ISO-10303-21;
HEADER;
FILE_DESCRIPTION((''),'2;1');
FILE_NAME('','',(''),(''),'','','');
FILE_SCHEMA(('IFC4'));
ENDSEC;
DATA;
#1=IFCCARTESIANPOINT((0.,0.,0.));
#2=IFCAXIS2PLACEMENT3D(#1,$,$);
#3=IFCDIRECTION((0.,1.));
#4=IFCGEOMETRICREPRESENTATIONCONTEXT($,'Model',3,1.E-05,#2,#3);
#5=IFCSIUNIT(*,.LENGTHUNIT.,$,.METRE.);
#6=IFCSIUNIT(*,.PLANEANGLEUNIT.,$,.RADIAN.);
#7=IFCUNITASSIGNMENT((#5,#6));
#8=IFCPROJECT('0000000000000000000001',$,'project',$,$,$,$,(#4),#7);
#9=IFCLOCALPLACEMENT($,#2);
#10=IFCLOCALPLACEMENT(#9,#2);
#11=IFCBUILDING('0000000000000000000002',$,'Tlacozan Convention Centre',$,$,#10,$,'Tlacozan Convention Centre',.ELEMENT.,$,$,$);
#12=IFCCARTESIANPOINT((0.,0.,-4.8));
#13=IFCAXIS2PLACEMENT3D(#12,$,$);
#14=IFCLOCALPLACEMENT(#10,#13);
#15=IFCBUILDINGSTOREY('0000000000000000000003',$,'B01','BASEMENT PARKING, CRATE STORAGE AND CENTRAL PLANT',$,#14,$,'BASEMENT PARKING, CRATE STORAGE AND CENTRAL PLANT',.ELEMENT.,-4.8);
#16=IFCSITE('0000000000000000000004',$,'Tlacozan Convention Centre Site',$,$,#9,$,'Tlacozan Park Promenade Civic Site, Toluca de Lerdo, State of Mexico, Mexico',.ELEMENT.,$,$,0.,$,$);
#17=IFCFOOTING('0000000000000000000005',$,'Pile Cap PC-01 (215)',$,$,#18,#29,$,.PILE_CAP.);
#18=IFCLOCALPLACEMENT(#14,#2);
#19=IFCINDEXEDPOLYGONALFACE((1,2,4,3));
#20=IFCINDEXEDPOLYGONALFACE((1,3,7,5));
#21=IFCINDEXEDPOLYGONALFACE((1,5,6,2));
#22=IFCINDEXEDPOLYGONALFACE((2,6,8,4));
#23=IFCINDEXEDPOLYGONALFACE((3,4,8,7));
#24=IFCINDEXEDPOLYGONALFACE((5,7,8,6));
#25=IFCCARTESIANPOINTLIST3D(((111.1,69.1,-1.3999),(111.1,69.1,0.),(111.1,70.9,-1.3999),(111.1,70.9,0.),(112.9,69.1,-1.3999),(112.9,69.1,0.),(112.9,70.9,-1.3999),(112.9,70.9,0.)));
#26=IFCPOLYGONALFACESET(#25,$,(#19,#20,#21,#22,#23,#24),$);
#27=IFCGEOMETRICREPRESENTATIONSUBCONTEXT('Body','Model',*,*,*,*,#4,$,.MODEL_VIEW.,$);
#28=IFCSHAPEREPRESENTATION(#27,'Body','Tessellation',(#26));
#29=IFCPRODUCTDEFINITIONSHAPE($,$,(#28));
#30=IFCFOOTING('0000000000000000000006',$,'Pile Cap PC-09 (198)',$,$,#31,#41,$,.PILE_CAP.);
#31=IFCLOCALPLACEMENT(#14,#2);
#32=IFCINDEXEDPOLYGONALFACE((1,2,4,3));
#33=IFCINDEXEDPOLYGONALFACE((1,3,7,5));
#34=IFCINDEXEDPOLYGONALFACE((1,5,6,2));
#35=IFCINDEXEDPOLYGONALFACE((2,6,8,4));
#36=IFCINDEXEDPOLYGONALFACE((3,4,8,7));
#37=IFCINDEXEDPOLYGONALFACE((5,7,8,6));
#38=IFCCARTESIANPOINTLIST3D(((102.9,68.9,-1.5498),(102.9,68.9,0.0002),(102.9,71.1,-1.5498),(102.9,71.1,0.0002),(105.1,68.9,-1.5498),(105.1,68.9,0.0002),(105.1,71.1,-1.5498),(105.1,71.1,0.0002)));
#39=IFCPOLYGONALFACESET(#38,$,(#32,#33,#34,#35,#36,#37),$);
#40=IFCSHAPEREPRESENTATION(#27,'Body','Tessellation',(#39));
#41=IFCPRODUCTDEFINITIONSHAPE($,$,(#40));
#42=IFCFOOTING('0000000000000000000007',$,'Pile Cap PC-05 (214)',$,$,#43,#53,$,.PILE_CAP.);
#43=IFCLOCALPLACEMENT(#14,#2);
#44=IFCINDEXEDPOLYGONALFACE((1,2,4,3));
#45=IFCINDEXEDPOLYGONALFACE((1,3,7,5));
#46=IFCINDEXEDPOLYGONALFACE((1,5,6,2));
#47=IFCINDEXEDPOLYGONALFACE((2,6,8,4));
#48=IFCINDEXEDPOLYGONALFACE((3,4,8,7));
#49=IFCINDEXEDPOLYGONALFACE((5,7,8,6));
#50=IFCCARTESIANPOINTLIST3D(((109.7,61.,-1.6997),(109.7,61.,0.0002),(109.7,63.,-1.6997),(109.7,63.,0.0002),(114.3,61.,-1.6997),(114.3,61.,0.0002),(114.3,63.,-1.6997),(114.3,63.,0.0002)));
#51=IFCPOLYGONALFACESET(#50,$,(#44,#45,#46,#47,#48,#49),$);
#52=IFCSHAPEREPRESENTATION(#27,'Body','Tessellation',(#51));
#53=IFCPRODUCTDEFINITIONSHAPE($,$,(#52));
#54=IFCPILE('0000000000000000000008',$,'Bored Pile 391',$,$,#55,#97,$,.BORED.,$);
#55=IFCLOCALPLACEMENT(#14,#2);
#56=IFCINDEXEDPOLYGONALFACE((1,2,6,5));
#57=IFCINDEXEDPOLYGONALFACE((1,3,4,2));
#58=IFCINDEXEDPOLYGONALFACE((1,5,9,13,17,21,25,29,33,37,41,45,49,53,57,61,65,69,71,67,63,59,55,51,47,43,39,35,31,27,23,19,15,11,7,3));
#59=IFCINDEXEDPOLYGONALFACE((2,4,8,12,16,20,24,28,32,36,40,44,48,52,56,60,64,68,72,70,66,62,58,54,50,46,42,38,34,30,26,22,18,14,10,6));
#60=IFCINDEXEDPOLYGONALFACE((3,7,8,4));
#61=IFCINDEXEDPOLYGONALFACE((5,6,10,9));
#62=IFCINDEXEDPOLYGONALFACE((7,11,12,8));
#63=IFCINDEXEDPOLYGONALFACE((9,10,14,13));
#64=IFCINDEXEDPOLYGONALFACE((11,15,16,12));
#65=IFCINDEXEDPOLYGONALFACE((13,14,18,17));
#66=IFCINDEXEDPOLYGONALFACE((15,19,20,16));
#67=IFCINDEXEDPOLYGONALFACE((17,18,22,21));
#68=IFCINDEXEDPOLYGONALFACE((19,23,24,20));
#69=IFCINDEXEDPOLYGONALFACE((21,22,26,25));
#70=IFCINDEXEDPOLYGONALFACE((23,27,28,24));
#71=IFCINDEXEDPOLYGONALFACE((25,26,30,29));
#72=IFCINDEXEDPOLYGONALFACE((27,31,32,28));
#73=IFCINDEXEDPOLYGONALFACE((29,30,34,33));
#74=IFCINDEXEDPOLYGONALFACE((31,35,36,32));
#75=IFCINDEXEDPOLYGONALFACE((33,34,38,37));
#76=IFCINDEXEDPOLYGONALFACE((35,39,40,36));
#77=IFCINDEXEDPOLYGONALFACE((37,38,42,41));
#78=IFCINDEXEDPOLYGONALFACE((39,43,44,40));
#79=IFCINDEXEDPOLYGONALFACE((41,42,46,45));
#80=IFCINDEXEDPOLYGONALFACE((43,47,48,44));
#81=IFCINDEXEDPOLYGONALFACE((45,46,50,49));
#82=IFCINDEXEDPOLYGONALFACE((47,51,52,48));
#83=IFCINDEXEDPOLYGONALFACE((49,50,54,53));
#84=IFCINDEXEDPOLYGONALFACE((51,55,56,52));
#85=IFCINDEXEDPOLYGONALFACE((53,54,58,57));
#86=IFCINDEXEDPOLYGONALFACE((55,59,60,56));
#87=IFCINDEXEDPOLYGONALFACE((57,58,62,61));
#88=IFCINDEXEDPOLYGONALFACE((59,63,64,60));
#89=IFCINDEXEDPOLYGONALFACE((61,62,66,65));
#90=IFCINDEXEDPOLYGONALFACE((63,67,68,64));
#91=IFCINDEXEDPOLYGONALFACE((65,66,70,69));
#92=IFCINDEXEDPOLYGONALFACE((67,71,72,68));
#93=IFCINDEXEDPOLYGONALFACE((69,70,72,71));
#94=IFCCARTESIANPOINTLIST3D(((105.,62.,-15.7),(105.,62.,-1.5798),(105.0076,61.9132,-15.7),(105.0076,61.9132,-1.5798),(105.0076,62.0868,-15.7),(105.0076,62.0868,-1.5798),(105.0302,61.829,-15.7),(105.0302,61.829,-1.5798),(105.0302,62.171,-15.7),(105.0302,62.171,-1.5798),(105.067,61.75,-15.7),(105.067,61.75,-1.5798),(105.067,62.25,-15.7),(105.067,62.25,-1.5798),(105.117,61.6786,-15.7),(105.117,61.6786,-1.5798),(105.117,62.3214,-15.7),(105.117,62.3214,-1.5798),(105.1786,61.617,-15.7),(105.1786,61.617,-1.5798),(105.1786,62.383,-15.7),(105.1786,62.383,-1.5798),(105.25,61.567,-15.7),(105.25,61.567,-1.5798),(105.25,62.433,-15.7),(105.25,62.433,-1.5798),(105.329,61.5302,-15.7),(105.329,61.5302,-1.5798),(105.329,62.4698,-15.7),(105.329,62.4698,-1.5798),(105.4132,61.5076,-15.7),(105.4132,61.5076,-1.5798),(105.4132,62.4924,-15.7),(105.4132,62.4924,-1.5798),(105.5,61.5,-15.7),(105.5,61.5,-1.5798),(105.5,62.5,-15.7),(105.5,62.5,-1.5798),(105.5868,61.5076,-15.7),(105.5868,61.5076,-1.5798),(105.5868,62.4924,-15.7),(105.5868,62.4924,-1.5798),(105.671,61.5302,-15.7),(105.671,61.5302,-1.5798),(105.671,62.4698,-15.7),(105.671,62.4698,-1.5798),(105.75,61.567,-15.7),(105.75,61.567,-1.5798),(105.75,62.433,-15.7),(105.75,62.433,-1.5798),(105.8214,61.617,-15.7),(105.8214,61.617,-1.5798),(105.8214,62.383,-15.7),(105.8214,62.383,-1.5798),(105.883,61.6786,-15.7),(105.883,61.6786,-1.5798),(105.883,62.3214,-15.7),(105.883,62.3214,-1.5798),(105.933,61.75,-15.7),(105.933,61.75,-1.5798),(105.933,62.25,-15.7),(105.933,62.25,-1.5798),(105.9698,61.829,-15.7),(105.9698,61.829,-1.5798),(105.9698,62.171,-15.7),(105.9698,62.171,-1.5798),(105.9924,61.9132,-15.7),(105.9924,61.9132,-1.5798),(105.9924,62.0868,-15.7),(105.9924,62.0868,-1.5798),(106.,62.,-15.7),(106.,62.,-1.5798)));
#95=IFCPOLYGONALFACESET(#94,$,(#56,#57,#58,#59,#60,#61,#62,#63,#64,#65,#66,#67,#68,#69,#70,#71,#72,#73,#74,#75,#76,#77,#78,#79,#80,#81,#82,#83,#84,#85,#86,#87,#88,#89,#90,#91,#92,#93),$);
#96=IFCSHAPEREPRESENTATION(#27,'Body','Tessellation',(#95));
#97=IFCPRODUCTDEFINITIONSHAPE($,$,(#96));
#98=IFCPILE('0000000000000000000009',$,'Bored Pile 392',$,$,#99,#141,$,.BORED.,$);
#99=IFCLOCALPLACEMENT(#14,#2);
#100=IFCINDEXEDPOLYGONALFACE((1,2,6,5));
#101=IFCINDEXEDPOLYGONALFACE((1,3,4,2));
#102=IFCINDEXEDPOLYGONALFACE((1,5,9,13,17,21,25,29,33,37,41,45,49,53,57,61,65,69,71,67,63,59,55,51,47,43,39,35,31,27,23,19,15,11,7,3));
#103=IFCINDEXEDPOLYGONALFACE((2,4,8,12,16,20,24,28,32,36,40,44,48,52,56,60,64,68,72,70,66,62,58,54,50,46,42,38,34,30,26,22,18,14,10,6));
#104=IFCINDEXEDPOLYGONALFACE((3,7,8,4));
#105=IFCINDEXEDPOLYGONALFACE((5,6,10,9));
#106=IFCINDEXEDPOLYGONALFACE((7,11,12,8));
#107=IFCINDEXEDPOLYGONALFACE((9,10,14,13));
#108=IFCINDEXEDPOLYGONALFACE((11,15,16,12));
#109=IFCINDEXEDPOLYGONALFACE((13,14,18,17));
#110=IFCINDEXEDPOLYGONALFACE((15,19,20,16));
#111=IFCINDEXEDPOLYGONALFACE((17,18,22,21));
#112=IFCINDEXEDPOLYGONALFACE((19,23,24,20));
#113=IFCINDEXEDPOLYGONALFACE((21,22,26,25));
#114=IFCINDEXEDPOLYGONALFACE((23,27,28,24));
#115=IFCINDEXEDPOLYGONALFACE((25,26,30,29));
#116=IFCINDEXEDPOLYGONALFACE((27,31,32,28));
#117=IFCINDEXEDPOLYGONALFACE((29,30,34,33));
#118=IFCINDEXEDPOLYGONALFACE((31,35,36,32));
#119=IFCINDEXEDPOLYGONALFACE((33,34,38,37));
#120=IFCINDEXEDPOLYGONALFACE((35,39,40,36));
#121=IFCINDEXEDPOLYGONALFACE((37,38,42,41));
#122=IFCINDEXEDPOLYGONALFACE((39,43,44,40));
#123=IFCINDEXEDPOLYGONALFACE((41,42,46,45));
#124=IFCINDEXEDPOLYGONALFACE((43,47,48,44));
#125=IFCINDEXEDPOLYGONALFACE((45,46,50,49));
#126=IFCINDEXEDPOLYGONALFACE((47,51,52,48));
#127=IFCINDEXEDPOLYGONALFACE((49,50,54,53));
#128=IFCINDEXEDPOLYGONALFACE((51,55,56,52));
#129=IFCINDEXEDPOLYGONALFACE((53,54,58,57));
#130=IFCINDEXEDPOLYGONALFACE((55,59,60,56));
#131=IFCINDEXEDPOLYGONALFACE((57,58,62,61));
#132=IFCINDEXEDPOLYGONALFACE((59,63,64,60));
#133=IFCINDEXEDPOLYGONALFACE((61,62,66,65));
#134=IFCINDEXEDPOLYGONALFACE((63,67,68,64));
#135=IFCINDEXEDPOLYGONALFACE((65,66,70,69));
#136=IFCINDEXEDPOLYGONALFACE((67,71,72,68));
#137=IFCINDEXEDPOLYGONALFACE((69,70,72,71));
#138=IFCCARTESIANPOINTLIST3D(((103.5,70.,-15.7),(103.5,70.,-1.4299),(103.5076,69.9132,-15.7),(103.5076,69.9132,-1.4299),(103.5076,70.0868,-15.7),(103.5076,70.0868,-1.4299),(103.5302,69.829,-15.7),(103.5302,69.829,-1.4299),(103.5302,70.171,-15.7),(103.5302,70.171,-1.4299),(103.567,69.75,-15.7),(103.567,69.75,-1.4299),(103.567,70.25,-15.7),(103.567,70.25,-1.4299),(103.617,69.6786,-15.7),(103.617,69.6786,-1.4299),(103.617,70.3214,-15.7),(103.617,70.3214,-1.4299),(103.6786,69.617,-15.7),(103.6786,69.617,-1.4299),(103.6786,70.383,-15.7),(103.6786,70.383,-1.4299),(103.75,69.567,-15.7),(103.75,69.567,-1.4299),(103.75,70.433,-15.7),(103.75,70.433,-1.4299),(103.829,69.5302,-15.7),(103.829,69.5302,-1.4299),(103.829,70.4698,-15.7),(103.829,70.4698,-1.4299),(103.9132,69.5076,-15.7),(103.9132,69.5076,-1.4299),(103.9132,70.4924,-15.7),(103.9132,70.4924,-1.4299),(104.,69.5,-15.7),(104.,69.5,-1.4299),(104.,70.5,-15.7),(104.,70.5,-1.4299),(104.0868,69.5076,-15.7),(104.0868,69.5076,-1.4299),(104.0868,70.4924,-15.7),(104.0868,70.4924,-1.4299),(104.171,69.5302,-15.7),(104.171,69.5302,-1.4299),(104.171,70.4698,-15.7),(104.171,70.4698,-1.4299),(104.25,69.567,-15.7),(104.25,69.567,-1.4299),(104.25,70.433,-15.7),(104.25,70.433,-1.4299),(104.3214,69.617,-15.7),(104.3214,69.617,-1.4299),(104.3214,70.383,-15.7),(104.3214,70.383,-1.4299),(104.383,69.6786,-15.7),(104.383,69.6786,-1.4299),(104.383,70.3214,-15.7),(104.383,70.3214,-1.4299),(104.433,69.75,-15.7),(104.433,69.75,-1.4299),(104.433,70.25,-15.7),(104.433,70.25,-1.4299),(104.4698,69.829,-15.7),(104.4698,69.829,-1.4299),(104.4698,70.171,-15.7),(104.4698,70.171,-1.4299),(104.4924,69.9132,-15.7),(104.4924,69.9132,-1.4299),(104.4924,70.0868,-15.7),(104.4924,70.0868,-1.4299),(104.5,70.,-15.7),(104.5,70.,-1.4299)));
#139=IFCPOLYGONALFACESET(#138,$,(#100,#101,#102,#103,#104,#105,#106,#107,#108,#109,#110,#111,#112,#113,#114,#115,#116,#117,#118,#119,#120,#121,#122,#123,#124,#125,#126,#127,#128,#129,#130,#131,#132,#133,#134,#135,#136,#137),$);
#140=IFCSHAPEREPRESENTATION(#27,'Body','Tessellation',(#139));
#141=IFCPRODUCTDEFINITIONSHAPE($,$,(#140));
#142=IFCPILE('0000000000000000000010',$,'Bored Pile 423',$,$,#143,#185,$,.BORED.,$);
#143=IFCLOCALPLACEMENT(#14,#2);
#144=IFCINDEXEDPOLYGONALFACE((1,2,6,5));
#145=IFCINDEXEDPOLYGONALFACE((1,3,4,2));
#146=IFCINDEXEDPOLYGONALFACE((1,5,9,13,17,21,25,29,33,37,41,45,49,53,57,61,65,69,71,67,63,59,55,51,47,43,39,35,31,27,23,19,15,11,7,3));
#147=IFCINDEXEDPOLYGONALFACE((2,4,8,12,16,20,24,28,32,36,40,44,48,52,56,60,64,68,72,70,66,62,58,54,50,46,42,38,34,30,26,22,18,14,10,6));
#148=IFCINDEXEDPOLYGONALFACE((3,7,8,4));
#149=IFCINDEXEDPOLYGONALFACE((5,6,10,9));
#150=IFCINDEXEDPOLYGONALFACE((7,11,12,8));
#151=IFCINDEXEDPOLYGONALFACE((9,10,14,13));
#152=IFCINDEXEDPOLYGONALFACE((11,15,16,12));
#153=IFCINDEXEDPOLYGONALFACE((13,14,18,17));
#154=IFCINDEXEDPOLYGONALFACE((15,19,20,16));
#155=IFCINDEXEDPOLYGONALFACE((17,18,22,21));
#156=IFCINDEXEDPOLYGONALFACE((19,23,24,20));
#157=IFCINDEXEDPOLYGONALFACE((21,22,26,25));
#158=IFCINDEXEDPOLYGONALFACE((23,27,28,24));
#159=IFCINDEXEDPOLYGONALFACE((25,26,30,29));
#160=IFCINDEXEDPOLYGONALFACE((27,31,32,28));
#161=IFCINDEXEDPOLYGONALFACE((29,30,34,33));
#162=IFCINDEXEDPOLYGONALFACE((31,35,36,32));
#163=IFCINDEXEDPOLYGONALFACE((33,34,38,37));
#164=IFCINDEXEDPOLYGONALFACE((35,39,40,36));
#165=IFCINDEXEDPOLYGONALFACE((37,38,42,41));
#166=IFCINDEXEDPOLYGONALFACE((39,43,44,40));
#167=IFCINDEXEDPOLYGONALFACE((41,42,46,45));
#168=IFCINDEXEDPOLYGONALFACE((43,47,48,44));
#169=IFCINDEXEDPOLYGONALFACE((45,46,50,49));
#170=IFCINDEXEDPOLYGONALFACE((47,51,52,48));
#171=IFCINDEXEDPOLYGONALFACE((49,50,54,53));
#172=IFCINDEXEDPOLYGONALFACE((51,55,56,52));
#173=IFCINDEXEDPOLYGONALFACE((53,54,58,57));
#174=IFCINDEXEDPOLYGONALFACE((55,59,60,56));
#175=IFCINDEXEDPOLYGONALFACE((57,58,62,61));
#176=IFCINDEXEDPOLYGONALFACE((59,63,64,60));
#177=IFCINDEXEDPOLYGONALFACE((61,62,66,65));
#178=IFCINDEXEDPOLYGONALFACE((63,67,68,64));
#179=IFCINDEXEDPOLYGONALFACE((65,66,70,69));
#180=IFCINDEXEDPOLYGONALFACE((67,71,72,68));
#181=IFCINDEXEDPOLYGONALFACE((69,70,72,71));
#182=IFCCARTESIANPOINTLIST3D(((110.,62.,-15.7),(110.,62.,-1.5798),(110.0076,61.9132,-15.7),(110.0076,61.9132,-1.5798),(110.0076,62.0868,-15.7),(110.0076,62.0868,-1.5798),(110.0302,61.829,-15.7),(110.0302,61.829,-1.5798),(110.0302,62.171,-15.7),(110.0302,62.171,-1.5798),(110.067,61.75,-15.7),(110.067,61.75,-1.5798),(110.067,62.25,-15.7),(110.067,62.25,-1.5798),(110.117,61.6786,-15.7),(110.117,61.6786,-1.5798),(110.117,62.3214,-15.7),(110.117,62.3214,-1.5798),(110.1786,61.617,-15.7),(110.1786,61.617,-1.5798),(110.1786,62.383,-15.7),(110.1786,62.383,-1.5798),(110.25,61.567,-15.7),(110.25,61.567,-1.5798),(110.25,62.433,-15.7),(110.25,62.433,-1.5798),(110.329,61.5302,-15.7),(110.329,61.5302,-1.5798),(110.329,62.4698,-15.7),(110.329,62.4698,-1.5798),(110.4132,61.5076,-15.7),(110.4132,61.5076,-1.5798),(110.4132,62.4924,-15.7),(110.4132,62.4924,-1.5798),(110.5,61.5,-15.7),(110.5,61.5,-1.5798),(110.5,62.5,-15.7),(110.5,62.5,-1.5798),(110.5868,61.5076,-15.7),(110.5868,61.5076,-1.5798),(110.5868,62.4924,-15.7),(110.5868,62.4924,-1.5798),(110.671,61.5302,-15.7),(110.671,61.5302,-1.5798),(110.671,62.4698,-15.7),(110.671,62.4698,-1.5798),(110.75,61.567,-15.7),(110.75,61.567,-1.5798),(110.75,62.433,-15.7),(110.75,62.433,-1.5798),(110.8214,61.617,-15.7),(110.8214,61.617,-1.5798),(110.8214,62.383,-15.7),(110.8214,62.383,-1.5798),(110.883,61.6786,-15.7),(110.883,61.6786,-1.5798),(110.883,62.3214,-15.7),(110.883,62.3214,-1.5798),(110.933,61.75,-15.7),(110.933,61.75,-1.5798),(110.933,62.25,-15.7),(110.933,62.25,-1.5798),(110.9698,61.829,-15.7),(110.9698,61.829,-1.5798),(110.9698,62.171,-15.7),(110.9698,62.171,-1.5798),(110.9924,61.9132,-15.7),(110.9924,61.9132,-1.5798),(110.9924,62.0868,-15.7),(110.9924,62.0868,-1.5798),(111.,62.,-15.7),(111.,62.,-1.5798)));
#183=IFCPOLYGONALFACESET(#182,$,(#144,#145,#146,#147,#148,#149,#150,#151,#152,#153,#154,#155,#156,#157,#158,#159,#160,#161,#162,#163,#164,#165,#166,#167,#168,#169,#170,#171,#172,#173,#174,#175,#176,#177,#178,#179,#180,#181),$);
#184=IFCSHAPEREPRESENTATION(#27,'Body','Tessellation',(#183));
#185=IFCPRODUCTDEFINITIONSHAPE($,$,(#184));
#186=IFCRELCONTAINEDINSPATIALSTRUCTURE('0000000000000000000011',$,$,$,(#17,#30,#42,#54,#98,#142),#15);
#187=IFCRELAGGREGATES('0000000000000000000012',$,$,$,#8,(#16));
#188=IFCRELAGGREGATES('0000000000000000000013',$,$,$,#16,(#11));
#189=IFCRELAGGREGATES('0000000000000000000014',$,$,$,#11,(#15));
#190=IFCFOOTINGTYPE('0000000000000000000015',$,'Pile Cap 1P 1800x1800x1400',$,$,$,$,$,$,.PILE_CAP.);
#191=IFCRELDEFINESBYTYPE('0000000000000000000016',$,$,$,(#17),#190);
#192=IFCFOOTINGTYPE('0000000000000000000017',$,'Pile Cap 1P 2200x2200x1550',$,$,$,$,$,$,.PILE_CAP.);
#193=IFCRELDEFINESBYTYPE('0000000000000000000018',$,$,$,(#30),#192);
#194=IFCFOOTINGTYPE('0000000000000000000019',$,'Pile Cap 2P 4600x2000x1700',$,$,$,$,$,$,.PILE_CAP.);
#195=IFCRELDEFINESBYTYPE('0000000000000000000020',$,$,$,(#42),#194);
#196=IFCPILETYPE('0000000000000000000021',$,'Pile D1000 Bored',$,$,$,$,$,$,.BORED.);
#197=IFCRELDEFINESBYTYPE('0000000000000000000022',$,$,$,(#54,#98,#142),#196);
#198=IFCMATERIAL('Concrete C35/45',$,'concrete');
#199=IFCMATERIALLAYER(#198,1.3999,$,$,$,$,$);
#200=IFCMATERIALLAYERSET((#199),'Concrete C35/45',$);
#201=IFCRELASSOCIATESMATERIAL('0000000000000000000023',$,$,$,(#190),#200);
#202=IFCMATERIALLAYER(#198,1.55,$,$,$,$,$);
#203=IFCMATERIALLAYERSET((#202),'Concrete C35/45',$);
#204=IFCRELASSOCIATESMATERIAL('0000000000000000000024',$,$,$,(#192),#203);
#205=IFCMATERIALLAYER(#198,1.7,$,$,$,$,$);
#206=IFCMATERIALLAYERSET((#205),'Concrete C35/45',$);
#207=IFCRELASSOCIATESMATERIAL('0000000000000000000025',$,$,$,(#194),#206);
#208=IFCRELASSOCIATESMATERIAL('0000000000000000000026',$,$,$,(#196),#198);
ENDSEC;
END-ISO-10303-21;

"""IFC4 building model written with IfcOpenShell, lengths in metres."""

from ifc_helpers import new_model, si_unit, direction, frame, origin, origin_2d, place, context, subcontext, project, spatial, rectangle, circle, extrude, material, layer, layer_set, material_profile, profile_set, type_object, element, save


model = new_model("IFC4")

# Units and contexts
model_context = context("Model", 3, precision=1e-05, world=origin(), true_north=direction((0.0, 1.0)))
body_context = subcontext(model_context, "Body", "Model", "MODEL_VIEW")
ifc_project = project(units=[si_unit("LENGTHUNIT", "METRE"), si_unit("PLANEANGLEUNIT", "RADIAN")], contexts=[model_context])

# Site, building, storey
site_placement = place(None, origin())
site = spatial("IfcSite", under=ifc_project, at=site_placement, Name="Tlacozan Convention Centre Site", LongName="Tlacozan Park Promenade Civic Site, Toluca de Lerdo, State of Mexico, Mexico", CompositionType="ELEMENT", RefElevation=0.0)
building_placement = place(site_placement, origin())
building = spatial("IfcBuilding", under=site, at=building_placement, Name="Tlacozan Convention Centre", LongName="Tlacozan Convention Centre", CompositionType="ELEMENT")
storey_placement = place(building_placement, frame((0.0, 0.0, -4.8)))
storey = spatial("IfcBuildingStorey", under=building, at=storey_placement, Name="B01", Description="BASEMENT PARKING, CRATE STORAGE AND CENTRAL PLANT", LongName="BASEMENT PARKING, CRATE STORAGE AND CENTRAL PLANT", CompositionType="ELEMENT", Elevation=-4.8)

# Footings
ifc_material_1 = material(Name="Concrete C35/45", Category="concrete")
ifc_layer_1 = layer(ifc_material_1, 1.3999)
ifc_layer_set_1 = layer_set([ifc_layer_1], Name="Concrete C35/45")
footing_type_1 = type_object("IfcFootingType", Name="Pile Cap 1P 1800x1800x1400", PredefinedType="PILE_CAP", material=ifc_layer_set_1)
footing_1_placement = place(storey_placement, frame((112.0, 70.0, -1.3999), z_axis=(0.0, 0.0, 1.0), x_axis=(1.0, 0.0, 0.0)))
element("IfcFooting", 1, at=footing_1_placement, inside=storey, type_object=footing_type_1, Name="Pile Cap PC-01 (215)", PredefinedType="PILE_CAP", context=body_context, shape_type="SweptSolid", body=[
    extrude(rectangle(XDim=1.8, YDim=1.8, at=origin_2d()), origin(), (0.0, 0.0, 1.0), 1.3999),
])
ifc_layer_2 = layer(ifc_material_1, 1.55)
ifc_layer_set_2 = layer_set([ifc_layer_2], Name="Concrete C35/45")
footing_type_2 = type_object("IfcFootingType", Name="Pile Cap 1P 2200x2200x1550", PredefinedType="PILE_CAP", material=ifc_layer_set_2)
footing_2_placement = place(storey_placement, frame((104.0, 70.0, -1.5498), z_axis=(0.0, 0.0, 1.0), x_axis=(1.0, 0.0, 0.0)))
element("IfcFooting", 2, at=footing_2_placement, inside=storey, type_object=footing_type_2, Name="Pile Cap PC-09 (198)", PredefinedType="PILE_CAP", context=body_context, shape_type="SweptSolid", body=[
    extrude(rectangle(XDim=2.2, YDim=2.2, at=origin_2d()), origin(), (0.0, 0.0, 1.0), 1.55),
])
ifc_layer_3 = layer(ifc_material_1, 1.7)
ifc_layer_set_3 = layer_set([ifc_layer_3], Name="Concrete C35/45")
footing_type_3 = type_object("IfcFootingType", Name="Pile Cap 2P 4600x2000x1700", PredefinedType="PILE_CAP", material=ifc_layer_set_3)
footing_3_placement = place(storey_placement, frame((112.0, 62.0, -1.6997), z_axis=(0.0, 0.0, 1.0), x_axis=(1.0, 0.0, 0.0)))
element("IfcFooting", 3, at=footing_3_placement, inside=storey, type_object=footing_type_3, Name="Pile Cap PC-05 (214)", PredefinedType="PILE_CAP", context=body_context, shape_type="SweptSolid", body=[
    extrude(rectangle(XDim=4.6001, YDim=2.0, at=origin_2d()), origin(), (0.0, 0.0, 1.0), 1.7),
])

# Piles
ifc_material_profile_1 = material_profile(ifc_material_1, circle(Radius=0.5, at=origin_2d()), Name="PILE D1000")
ifc_profile_set_1 = profile_set([ifc_material_profile_1], Name="Concrete C35/45")
pile_type_1 = type_object("IfcPileType", Name="Pile D1000 Bored", PredefinedType="BORED", material=ifc_profile_set_1)
pile_1_placement = place(storey_placement, frame((105.5, 62.0, -1.5798), z_axis=(0.0, 0.0, -1.0), x_axis=(1.0, 0.0, 0.0)))
element("IfcPile", 4, at=pile_1_placement, inside=storey, type_object=pile_type_1, Name="Bored Pile 391", PredefinedType="BORED", context=body_context, shape_type="SweptSolid", body=[
    extrude(circle(Radius=0.5, at=origin_2d()), origin(), (0.0, 0.0, 1.0), 14.1201),
])
pile_2_placement = place(storey_placement, frame((104.0, 70.0, -1.4299), z_axis=(0.0, 0.0, -1.0), x_axis=(1.0, 0.0, 0.0)))
element("IfcPile", 5, at=pile_2_placement, inside=storey, type_object=pile_type_1, Name="Bored Pile 392", PredefinedType="BORED", context=body_context, shape_type="SweptSolid", body=[
    extrude(circle(Radius=0.5, at=origin_2d()), origin(), (0.0, 0.0, 1.0), 14.27),
])
for number, where, z_axis, x_axis, name in (
    (6, (110.5, 62.0, -1.5798), (0.0, 0.0, -1.0), (1.0, 0.0, 0.0), "Bored Pile 423"),
):
    element("IfcPile", number, at=place(storey_placement, frame(where, z_axis=z_axis, x_axis=x_axis)), inside=storey, type_object=pile_type_1, Name=name, PredefinedType="BORED", context=body_context, shape_type="SweptSolid", body=[
        extrude(circle(Radius=0.5, at=origin_2d()), origin(), (0.0, 0.0, 1.0), 14.1201),
    ])

save(model, "model.ifc")
